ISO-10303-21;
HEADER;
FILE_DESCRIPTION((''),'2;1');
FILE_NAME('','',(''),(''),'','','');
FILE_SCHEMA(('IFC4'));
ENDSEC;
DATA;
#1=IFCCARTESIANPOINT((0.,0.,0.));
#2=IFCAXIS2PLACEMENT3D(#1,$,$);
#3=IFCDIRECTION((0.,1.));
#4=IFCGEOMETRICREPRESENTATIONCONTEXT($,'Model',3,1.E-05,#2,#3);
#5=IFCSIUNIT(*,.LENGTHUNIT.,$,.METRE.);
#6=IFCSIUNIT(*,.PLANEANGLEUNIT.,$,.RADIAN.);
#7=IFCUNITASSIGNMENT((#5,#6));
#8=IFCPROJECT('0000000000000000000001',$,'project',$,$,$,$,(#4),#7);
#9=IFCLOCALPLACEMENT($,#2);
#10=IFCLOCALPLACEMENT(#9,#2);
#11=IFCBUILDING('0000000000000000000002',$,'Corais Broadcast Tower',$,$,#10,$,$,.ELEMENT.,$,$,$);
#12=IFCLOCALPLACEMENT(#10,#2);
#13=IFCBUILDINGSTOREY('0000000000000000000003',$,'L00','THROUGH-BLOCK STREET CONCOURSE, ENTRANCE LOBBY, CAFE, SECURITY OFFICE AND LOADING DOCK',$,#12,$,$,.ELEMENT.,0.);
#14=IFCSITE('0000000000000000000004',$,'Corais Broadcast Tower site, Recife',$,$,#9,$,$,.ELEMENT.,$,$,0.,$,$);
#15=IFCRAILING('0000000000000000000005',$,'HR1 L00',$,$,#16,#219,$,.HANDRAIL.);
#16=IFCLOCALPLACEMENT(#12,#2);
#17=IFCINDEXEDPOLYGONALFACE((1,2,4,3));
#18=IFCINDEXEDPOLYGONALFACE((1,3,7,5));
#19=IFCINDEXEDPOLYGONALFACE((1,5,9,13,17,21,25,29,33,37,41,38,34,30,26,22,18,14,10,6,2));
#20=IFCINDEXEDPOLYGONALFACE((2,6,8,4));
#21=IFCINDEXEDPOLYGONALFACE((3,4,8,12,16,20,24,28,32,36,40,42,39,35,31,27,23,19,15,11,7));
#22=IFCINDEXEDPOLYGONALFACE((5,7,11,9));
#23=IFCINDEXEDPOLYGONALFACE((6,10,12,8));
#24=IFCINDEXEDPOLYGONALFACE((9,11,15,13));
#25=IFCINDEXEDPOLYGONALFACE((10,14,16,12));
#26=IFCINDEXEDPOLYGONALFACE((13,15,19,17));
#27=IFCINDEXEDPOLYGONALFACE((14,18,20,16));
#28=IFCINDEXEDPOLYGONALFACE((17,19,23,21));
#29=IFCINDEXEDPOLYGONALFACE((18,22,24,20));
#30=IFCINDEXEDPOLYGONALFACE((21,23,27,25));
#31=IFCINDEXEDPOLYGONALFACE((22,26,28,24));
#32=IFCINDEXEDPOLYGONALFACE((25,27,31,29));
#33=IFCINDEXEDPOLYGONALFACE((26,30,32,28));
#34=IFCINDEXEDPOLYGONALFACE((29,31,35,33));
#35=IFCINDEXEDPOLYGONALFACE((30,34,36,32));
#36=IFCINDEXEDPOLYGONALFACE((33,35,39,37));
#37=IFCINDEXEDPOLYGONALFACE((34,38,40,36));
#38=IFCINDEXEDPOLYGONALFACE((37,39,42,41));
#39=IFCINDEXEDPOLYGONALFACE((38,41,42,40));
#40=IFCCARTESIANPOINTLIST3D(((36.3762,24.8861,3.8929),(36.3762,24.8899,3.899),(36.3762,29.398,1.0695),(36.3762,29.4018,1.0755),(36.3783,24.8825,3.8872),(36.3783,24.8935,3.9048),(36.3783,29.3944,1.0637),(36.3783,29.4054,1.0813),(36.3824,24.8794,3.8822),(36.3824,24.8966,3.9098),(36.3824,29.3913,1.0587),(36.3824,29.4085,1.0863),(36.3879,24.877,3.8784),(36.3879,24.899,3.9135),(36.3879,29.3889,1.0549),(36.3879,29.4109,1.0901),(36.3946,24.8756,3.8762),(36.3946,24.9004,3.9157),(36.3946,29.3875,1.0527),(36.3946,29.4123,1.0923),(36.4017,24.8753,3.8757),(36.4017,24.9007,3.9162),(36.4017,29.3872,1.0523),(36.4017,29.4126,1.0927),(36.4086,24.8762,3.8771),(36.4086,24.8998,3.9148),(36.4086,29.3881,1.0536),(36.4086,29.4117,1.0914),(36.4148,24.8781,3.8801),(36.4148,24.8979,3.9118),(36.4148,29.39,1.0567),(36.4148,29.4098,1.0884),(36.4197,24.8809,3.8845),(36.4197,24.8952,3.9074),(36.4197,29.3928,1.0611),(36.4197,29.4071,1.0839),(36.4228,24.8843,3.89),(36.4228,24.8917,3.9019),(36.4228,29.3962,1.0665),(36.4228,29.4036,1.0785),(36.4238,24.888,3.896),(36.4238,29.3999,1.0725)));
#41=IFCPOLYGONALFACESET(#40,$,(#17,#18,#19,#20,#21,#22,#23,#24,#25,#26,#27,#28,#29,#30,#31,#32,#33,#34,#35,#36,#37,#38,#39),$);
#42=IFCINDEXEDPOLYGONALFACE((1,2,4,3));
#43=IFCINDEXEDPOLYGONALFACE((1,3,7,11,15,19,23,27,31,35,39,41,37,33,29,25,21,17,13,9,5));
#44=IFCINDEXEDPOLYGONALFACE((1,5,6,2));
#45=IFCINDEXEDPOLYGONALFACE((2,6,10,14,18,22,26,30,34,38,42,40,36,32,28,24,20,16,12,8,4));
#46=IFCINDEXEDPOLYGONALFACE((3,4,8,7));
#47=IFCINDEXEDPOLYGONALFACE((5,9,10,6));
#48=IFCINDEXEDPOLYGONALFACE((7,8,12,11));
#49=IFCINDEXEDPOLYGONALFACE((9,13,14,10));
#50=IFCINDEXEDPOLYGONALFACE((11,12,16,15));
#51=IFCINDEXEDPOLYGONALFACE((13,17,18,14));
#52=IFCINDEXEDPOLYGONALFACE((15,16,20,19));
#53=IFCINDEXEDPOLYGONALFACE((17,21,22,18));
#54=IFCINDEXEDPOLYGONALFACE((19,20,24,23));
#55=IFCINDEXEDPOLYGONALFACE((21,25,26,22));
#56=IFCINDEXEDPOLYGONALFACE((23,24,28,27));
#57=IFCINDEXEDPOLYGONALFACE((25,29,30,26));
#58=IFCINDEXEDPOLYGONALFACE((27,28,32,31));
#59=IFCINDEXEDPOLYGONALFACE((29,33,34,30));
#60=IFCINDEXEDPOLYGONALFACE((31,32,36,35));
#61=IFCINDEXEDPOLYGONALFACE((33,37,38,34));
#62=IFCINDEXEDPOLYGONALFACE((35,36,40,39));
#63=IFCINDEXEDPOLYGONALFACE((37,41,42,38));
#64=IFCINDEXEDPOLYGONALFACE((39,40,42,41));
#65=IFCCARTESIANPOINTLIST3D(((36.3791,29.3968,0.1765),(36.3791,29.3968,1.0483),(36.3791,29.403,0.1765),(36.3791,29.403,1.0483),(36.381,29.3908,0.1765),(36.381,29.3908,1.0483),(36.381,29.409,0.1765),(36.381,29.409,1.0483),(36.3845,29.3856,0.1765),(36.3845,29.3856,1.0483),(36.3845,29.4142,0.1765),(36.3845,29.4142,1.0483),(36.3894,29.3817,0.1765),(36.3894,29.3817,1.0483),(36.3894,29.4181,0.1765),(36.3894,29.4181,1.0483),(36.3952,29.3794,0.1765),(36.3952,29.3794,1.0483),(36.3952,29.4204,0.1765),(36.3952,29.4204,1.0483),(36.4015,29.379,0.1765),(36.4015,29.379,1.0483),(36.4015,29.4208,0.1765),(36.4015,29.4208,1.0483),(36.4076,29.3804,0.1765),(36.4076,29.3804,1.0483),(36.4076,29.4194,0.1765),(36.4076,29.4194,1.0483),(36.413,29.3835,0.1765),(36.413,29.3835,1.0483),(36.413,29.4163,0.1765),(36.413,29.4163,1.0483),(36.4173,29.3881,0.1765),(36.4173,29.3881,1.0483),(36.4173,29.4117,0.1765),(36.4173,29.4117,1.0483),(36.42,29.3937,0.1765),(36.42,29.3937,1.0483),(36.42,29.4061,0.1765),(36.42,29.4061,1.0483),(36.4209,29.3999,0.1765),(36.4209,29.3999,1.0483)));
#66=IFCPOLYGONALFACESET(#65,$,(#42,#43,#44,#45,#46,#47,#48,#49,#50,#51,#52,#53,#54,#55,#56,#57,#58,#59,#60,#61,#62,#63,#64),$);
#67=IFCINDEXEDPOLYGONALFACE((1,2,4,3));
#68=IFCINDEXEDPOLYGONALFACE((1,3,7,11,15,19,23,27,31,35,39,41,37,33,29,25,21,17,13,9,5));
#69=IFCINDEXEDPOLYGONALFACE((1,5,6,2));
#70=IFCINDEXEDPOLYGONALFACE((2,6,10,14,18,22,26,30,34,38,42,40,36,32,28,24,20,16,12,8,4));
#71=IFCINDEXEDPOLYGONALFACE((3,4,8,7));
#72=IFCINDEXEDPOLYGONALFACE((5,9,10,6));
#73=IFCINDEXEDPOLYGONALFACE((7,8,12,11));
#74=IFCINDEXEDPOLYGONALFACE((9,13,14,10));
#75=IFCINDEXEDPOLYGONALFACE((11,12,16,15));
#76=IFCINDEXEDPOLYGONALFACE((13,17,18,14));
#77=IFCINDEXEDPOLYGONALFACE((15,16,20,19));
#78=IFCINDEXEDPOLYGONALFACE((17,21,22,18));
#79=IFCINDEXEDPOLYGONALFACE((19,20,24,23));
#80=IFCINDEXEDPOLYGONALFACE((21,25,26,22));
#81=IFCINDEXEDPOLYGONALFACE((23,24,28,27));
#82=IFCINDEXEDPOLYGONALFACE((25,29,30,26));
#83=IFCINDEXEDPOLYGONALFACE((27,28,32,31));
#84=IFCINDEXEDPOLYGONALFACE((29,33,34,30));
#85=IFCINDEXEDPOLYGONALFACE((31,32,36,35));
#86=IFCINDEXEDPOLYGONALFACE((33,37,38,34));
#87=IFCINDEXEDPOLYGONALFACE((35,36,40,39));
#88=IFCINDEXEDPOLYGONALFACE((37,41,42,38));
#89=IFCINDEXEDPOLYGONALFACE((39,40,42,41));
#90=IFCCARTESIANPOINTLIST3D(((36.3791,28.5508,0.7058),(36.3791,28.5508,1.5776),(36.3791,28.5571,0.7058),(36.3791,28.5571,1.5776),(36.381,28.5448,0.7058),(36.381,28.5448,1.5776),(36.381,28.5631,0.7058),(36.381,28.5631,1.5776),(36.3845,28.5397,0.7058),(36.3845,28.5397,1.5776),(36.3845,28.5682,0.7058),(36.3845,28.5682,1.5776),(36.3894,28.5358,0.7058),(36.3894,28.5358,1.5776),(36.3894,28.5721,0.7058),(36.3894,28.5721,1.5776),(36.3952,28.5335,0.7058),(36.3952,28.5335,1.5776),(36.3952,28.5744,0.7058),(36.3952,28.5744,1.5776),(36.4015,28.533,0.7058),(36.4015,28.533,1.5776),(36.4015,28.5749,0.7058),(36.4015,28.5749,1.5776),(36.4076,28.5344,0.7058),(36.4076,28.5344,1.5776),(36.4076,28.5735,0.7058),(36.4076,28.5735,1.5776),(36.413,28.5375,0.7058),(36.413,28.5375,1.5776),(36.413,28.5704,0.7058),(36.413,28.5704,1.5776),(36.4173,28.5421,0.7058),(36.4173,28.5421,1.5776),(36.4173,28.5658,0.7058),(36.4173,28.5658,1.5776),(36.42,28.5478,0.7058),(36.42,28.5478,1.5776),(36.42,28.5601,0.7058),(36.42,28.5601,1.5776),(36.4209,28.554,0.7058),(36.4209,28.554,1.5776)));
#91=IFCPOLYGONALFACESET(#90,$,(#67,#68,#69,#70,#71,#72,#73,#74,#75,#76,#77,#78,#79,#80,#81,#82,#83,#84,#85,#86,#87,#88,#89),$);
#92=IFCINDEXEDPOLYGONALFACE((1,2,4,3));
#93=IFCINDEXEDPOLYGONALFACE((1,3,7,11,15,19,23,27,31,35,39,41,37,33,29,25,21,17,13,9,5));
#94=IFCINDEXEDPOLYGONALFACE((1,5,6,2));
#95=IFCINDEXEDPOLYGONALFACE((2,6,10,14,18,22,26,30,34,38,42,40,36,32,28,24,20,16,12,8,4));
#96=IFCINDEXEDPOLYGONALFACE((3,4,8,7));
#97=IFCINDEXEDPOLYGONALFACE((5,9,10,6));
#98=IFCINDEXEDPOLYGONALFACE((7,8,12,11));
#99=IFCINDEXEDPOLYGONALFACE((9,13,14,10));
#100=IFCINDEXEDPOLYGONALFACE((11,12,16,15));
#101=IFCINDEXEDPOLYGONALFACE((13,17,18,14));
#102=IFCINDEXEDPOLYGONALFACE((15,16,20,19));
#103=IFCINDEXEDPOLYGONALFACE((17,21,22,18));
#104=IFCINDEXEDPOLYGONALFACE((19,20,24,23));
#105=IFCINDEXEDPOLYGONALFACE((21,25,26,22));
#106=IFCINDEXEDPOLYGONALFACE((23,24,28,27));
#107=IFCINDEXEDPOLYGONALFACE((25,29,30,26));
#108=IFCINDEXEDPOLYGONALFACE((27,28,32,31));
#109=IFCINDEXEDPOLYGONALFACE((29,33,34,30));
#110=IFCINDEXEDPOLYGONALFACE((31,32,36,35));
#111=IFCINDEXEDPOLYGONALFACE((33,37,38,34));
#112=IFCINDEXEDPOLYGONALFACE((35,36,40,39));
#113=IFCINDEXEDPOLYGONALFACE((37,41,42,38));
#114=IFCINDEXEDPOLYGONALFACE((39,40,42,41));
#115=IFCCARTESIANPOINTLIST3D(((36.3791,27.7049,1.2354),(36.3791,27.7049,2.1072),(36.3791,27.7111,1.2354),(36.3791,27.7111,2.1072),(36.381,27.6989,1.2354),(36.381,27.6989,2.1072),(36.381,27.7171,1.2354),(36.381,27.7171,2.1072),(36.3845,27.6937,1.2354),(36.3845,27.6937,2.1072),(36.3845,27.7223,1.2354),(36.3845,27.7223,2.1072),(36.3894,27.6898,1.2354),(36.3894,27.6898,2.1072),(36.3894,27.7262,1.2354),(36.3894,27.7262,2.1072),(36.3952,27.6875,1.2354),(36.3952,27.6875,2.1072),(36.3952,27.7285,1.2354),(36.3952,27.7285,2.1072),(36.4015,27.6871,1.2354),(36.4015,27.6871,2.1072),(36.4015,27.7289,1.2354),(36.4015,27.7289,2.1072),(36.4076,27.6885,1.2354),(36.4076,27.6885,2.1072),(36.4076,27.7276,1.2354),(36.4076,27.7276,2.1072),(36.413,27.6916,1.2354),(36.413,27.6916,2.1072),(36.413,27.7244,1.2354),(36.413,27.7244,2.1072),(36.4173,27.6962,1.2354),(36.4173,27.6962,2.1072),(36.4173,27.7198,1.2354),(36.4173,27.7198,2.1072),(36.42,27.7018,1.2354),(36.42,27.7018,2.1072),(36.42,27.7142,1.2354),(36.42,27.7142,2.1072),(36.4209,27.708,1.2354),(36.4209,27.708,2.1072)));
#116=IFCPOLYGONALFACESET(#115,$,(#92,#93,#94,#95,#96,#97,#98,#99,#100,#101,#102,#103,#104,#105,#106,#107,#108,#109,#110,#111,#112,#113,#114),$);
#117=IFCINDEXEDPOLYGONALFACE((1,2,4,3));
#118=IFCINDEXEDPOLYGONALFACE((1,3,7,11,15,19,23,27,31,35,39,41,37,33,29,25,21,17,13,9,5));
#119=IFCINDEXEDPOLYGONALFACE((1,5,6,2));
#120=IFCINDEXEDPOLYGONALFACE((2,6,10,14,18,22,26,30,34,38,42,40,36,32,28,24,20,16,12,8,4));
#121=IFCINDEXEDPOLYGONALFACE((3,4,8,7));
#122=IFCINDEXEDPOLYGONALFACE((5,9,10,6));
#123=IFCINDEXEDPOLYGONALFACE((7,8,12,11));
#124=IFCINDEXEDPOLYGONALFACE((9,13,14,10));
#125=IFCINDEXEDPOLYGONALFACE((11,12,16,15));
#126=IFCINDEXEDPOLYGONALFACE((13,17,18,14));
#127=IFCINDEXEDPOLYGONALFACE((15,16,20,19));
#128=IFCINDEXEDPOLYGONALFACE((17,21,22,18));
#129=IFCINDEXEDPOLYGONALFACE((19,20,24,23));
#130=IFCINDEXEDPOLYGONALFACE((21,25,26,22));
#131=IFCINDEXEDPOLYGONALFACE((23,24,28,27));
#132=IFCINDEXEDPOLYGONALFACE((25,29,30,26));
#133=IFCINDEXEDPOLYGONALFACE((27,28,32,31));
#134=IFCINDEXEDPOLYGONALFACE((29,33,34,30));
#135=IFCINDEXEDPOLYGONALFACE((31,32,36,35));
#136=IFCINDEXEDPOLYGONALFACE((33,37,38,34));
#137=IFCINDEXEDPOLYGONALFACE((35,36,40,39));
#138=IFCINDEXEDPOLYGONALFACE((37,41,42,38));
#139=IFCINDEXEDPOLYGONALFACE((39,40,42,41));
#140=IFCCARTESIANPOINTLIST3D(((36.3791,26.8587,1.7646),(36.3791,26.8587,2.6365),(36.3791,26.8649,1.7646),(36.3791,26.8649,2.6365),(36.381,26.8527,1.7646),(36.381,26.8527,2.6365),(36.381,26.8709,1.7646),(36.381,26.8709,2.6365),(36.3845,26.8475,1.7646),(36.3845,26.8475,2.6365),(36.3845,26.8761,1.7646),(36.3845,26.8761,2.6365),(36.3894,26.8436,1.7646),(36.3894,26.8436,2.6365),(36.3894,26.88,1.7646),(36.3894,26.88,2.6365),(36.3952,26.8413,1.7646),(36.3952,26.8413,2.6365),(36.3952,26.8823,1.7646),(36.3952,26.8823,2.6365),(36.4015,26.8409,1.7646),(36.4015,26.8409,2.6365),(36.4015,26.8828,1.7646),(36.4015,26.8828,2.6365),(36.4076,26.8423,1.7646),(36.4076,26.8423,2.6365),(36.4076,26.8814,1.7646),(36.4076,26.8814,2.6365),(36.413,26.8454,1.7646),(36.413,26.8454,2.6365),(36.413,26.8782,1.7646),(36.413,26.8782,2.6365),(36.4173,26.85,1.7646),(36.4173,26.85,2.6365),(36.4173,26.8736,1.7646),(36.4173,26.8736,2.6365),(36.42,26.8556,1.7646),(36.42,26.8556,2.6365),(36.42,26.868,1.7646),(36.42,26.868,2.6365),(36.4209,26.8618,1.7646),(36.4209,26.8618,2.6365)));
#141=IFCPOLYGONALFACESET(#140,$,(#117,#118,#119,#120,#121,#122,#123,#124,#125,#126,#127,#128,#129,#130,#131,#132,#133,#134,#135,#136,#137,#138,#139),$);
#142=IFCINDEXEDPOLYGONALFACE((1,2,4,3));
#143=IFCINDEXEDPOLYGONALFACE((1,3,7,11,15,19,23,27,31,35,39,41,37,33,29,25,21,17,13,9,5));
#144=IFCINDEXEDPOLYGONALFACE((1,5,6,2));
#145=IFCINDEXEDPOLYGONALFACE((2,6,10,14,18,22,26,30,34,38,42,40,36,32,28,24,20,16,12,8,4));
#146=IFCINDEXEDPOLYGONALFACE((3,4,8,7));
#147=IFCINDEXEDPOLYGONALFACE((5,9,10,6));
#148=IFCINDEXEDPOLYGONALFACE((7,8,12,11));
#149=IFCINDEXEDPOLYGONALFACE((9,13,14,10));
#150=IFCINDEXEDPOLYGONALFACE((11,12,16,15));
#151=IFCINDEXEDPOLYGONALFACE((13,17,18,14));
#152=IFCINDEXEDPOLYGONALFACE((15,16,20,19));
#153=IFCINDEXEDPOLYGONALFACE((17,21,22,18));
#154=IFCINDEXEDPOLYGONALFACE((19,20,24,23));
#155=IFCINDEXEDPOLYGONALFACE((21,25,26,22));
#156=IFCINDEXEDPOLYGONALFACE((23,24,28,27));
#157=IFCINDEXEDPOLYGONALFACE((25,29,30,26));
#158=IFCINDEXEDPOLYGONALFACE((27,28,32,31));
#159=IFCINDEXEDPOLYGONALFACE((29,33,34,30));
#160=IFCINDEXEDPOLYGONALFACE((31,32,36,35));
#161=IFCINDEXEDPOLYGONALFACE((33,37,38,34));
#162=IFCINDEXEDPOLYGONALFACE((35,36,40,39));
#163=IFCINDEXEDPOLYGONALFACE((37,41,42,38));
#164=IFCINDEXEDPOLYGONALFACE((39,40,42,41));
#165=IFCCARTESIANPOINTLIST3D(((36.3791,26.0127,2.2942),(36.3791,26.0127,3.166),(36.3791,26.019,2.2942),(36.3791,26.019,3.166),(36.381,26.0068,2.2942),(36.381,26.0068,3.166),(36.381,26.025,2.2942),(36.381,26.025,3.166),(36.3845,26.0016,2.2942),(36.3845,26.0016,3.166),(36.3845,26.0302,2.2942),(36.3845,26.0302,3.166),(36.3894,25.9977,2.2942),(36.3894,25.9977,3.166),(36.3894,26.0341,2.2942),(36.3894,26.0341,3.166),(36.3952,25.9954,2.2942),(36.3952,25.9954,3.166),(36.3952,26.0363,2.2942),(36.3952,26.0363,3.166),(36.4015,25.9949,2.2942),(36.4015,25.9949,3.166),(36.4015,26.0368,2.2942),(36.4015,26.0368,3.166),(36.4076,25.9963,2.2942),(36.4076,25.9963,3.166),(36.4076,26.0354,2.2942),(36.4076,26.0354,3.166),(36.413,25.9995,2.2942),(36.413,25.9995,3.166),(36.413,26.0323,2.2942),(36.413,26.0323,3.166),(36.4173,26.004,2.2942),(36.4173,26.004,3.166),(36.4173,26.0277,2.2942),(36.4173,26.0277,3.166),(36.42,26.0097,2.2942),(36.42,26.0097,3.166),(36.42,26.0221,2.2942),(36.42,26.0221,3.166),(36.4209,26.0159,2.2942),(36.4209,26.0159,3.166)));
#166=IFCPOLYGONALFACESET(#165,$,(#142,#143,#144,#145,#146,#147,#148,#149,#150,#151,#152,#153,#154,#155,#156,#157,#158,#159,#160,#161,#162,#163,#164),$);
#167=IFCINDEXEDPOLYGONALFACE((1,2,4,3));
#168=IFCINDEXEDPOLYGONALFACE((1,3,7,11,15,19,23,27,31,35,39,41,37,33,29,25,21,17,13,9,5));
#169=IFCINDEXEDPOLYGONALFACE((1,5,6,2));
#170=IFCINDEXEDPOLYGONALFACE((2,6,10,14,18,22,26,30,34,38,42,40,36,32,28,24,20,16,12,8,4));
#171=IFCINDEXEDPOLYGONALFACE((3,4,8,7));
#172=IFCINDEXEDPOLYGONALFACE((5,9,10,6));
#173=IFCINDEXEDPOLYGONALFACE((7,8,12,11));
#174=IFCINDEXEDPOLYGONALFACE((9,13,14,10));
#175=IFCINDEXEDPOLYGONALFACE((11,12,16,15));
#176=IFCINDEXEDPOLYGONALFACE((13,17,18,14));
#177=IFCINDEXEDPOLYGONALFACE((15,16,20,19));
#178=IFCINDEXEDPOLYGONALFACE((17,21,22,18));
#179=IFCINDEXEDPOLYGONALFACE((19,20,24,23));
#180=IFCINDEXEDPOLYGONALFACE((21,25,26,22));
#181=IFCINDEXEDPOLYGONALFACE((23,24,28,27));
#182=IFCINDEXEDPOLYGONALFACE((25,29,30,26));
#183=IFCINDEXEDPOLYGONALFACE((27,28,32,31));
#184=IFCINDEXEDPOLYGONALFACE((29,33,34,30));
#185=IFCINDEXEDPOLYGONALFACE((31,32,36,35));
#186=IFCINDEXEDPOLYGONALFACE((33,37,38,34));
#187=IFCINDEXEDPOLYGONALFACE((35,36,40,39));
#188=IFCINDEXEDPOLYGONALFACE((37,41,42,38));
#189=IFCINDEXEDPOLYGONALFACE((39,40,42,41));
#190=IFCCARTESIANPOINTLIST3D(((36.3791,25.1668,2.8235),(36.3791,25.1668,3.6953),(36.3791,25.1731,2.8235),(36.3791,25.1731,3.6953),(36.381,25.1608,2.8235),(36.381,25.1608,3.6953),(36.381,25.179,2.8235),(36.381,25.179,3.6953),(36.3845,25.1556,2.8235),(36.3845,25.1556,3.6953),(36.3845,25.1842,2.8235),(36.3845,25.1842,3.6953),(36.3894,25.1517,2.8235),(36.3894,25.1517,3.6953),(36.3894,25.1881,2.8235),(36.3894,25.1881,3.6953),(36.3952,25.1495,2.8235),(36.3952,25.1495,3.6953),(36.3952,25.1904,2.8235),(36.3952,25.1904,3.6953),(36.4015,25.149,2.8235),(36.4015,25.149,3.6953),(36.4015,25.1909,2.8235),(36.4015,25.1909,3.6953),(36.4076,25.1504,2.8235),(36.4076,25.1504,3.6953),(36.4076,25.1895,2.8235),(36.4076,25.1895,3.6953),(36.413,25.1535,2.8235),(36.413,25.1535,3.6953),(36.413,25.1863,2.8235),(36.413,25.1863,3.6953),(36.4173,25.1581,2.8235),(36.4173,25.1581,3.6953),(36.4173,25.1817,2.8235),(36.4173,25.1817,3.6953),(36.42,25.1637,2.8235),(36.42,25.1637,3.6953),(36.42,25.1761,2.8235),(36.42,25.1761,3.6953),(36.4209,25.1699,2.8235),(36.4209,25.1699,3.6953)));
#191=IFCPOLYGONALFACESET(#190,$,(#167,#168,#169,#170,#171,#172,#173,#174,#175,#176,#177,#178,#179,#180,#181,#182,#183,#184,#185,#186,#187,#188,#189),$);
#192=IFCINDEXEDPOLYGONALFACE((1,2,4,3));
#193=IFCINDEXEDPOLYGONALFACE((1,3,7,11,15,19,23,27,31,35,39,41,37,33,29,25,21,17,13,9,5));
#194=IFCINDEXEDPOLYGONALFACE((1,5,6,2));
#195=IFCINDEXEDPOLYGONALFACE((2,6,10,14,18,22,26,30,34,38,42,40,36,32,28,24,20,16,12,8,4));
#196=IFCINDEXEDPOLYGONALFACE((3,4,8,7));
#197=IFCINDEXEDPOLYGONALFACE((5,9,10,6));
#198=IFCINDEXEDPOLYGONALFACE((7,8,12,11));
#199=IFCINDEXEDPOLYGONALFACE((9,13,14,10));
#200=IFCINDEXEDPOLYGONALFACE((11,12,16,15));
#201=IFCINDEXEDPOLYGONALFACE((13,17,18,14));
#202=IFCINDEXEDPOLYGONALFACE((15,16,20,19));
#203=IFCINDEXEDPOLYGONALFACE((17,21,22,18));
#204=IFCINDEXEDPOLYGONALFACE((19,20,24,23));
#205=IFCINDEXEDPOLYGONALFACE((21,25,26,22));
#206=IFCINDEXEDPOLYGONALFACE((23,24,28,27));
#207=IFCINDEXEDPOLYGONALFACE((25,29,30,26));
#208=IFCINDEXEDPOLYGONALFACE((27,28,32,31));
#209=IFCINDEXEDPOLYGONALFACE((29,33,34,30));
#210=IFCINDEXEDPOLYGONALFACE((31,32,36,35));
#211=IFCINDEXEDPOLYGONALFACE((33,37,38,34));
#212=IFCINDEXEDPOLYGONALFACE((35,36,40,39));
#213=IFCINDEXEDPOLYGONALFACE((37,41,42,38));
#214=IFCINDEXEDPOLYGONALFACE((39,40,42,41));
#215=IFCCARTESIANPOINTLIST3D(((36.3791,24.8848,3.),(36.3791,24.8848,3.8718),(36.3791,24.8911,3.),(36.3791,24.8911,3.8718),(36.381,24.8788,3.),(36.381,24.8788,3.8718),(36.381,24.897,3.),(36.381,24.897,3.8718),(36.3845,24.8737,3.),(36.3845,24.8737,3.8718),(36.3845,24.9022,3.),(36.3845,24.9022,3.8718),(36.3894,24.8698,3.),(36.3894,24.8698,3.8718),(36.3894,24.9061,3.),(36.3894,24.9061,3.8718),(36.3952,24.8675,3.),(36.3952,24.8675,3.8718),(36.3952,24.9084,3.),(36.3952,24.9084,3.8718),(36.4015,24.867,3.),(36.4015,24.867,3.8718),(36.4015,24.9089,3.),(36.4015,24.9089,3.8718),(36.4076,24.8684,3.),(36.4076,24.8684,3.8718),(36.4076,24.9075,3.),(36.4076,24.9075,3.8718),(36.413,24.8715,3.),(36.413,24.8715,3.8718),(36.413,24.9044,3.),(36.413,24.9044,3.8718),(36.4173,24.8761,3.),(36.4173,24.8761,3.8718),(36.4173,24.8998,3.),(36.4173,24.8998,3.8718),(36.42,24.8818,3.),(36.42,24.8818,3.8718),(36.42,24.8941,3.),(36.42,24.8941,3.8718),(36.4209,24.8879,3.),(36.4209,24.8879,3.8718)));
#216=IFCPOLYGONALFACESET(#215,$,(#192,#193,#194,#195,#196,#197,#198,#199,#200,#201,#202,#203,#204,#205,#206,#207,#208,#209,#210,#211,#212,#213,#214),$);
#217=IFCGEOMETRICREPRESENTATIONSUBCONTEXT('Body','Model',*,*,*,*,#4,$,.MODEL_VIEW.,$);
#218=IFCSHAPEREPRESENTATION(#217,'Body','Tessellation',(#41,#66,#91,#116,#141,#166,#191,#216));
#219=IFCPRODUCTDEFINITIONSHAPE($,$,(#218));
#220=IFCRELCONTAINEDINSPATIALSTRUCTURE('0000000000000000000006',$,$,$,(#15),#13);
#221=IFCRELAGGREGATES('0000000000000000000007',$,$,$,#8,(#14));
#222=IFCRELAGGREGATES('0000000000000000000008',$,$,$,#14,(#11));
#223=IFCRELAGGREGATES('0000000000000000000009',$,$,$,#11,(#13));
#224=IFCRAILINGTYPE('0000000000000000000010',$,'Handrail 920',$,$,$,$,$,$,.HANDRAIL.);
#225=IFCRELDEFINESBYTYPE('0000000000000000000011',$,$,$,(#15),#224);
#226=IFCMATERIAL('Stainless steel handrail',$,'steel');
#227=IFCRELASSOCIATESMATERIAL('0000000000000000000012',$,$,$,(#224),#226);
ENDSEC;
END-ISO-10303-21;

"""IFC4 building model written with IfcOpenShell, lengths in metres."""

from ifc_helpers import new_model, si_unit, direction, frame, origin, origin_2d, place, context, subcontext, project, spatial, circle, extrude, material, type_object, element, save


model = new_model("IFC4")

# Units and contexts
model_context = context("Model", 3, precision=1e-05, world=origin(), true_north=direction((0.0, 1.0)))
body_context = subcontext(model_context, "Body", "Model", "MODEL_VIEW")
ifc_project = project(units=[si_unit("LENGTHUNIT", "METRE"), si_unit("PLANEANGLEUNIT", "RADIAN")], contexts=[model_context])

# Site, building, storey
site_placement = place(None, origin())
site = spatial("IfcSite", under=ifc_project, at=site_placement, Name="Corais Broadcast Tower site, Recife", CompositionType="ELEMENT", RefElevation=0.0)
building_placement = place(site_placement, origin())
building = spatial("IfcBuilding", under=site, at=building_placement, Name="Corais Broadcast Tower", CompositionType="ELEMENT")
storey_placement = place(building_placement, origin())
storey = spatial("IfcBuildingStorey", under=building, at=storey_placement, Name="L00", Description="THROUGH-BLOCK STREET CONCOURSE, ENTRANCE LOBBY, CAFE, SECURITY OFFICE AND LOADING DOCK", CompositionType="ELEMENT", Elevation=0.0)

# Railing
ifc_material_1 = material(Name="Stainless steel handrail", Category="steel")
railing_type = type_object("IfcRailingType", Name="Handrail 920", PredefinedType="HANDRAIL", material=ifc_material_1)
for number, where, name in (
    (1, (36.3999, 29.3999, 0.1765), "HR1 L00"),
):
    element("IfcRailing", number, at=place(storey_placement, frame(where)), inside=storey, type_object=railing_type, Name=name, PredefinedType="HANDRAIL", context=body_context, shape_type="SweptSolid", body=[
        extrude(circle(Radius=0.0239, at=origin_2d()), frame((0.0, 0.0, 0.896), z_axis=(0.0, -0.847702, 0.530473), x_axis=(1.0, 0.0, 0.0)), (0.0, 0.0, 1.0), 5.3225),
        extrude(circle(Radius=0.021, at=origin_2d()), origin(), (0.0, 0.0, 1.0), 0.8718),
        extrude(circle(Radius=0.021, at=origin_2d()), frame((0.0, -0.8459, 0.5293)), (0.0, 0.0, 1.0), 0.8718),
        extrude(circle(Radius=0.021, at=origin_2d()), frame((0.0, -1.6919, 1.0588)), (0.0, 0.0, 1.0), 0.8718),
        extrude(circle(Radius=0.021, at=origin_2d()), frame((0.0, -2.5381, 1.5881)), (0.0, 0.0, 1.0), 0.8718),
        extrude(circle(Radius=0.021, at=origin_2d()), frame((0.0, -3.384, 2.1177)), (0.0, 0.0, 1.0), 0.8718),
        extrude(circle(Radius=0.021, at=origin_2d()), frame((0.0, -4.23, 2.647)), (0.0, 0.0, 1.0), 0.8718),
        extrude(circle(Radius=0.021, at=origin_2d()), frame((0.0, -4.512, 2.8235)), (0.0, 0.0, 1.0), 0.8718),
    ])

save(model, "model.ifc")
